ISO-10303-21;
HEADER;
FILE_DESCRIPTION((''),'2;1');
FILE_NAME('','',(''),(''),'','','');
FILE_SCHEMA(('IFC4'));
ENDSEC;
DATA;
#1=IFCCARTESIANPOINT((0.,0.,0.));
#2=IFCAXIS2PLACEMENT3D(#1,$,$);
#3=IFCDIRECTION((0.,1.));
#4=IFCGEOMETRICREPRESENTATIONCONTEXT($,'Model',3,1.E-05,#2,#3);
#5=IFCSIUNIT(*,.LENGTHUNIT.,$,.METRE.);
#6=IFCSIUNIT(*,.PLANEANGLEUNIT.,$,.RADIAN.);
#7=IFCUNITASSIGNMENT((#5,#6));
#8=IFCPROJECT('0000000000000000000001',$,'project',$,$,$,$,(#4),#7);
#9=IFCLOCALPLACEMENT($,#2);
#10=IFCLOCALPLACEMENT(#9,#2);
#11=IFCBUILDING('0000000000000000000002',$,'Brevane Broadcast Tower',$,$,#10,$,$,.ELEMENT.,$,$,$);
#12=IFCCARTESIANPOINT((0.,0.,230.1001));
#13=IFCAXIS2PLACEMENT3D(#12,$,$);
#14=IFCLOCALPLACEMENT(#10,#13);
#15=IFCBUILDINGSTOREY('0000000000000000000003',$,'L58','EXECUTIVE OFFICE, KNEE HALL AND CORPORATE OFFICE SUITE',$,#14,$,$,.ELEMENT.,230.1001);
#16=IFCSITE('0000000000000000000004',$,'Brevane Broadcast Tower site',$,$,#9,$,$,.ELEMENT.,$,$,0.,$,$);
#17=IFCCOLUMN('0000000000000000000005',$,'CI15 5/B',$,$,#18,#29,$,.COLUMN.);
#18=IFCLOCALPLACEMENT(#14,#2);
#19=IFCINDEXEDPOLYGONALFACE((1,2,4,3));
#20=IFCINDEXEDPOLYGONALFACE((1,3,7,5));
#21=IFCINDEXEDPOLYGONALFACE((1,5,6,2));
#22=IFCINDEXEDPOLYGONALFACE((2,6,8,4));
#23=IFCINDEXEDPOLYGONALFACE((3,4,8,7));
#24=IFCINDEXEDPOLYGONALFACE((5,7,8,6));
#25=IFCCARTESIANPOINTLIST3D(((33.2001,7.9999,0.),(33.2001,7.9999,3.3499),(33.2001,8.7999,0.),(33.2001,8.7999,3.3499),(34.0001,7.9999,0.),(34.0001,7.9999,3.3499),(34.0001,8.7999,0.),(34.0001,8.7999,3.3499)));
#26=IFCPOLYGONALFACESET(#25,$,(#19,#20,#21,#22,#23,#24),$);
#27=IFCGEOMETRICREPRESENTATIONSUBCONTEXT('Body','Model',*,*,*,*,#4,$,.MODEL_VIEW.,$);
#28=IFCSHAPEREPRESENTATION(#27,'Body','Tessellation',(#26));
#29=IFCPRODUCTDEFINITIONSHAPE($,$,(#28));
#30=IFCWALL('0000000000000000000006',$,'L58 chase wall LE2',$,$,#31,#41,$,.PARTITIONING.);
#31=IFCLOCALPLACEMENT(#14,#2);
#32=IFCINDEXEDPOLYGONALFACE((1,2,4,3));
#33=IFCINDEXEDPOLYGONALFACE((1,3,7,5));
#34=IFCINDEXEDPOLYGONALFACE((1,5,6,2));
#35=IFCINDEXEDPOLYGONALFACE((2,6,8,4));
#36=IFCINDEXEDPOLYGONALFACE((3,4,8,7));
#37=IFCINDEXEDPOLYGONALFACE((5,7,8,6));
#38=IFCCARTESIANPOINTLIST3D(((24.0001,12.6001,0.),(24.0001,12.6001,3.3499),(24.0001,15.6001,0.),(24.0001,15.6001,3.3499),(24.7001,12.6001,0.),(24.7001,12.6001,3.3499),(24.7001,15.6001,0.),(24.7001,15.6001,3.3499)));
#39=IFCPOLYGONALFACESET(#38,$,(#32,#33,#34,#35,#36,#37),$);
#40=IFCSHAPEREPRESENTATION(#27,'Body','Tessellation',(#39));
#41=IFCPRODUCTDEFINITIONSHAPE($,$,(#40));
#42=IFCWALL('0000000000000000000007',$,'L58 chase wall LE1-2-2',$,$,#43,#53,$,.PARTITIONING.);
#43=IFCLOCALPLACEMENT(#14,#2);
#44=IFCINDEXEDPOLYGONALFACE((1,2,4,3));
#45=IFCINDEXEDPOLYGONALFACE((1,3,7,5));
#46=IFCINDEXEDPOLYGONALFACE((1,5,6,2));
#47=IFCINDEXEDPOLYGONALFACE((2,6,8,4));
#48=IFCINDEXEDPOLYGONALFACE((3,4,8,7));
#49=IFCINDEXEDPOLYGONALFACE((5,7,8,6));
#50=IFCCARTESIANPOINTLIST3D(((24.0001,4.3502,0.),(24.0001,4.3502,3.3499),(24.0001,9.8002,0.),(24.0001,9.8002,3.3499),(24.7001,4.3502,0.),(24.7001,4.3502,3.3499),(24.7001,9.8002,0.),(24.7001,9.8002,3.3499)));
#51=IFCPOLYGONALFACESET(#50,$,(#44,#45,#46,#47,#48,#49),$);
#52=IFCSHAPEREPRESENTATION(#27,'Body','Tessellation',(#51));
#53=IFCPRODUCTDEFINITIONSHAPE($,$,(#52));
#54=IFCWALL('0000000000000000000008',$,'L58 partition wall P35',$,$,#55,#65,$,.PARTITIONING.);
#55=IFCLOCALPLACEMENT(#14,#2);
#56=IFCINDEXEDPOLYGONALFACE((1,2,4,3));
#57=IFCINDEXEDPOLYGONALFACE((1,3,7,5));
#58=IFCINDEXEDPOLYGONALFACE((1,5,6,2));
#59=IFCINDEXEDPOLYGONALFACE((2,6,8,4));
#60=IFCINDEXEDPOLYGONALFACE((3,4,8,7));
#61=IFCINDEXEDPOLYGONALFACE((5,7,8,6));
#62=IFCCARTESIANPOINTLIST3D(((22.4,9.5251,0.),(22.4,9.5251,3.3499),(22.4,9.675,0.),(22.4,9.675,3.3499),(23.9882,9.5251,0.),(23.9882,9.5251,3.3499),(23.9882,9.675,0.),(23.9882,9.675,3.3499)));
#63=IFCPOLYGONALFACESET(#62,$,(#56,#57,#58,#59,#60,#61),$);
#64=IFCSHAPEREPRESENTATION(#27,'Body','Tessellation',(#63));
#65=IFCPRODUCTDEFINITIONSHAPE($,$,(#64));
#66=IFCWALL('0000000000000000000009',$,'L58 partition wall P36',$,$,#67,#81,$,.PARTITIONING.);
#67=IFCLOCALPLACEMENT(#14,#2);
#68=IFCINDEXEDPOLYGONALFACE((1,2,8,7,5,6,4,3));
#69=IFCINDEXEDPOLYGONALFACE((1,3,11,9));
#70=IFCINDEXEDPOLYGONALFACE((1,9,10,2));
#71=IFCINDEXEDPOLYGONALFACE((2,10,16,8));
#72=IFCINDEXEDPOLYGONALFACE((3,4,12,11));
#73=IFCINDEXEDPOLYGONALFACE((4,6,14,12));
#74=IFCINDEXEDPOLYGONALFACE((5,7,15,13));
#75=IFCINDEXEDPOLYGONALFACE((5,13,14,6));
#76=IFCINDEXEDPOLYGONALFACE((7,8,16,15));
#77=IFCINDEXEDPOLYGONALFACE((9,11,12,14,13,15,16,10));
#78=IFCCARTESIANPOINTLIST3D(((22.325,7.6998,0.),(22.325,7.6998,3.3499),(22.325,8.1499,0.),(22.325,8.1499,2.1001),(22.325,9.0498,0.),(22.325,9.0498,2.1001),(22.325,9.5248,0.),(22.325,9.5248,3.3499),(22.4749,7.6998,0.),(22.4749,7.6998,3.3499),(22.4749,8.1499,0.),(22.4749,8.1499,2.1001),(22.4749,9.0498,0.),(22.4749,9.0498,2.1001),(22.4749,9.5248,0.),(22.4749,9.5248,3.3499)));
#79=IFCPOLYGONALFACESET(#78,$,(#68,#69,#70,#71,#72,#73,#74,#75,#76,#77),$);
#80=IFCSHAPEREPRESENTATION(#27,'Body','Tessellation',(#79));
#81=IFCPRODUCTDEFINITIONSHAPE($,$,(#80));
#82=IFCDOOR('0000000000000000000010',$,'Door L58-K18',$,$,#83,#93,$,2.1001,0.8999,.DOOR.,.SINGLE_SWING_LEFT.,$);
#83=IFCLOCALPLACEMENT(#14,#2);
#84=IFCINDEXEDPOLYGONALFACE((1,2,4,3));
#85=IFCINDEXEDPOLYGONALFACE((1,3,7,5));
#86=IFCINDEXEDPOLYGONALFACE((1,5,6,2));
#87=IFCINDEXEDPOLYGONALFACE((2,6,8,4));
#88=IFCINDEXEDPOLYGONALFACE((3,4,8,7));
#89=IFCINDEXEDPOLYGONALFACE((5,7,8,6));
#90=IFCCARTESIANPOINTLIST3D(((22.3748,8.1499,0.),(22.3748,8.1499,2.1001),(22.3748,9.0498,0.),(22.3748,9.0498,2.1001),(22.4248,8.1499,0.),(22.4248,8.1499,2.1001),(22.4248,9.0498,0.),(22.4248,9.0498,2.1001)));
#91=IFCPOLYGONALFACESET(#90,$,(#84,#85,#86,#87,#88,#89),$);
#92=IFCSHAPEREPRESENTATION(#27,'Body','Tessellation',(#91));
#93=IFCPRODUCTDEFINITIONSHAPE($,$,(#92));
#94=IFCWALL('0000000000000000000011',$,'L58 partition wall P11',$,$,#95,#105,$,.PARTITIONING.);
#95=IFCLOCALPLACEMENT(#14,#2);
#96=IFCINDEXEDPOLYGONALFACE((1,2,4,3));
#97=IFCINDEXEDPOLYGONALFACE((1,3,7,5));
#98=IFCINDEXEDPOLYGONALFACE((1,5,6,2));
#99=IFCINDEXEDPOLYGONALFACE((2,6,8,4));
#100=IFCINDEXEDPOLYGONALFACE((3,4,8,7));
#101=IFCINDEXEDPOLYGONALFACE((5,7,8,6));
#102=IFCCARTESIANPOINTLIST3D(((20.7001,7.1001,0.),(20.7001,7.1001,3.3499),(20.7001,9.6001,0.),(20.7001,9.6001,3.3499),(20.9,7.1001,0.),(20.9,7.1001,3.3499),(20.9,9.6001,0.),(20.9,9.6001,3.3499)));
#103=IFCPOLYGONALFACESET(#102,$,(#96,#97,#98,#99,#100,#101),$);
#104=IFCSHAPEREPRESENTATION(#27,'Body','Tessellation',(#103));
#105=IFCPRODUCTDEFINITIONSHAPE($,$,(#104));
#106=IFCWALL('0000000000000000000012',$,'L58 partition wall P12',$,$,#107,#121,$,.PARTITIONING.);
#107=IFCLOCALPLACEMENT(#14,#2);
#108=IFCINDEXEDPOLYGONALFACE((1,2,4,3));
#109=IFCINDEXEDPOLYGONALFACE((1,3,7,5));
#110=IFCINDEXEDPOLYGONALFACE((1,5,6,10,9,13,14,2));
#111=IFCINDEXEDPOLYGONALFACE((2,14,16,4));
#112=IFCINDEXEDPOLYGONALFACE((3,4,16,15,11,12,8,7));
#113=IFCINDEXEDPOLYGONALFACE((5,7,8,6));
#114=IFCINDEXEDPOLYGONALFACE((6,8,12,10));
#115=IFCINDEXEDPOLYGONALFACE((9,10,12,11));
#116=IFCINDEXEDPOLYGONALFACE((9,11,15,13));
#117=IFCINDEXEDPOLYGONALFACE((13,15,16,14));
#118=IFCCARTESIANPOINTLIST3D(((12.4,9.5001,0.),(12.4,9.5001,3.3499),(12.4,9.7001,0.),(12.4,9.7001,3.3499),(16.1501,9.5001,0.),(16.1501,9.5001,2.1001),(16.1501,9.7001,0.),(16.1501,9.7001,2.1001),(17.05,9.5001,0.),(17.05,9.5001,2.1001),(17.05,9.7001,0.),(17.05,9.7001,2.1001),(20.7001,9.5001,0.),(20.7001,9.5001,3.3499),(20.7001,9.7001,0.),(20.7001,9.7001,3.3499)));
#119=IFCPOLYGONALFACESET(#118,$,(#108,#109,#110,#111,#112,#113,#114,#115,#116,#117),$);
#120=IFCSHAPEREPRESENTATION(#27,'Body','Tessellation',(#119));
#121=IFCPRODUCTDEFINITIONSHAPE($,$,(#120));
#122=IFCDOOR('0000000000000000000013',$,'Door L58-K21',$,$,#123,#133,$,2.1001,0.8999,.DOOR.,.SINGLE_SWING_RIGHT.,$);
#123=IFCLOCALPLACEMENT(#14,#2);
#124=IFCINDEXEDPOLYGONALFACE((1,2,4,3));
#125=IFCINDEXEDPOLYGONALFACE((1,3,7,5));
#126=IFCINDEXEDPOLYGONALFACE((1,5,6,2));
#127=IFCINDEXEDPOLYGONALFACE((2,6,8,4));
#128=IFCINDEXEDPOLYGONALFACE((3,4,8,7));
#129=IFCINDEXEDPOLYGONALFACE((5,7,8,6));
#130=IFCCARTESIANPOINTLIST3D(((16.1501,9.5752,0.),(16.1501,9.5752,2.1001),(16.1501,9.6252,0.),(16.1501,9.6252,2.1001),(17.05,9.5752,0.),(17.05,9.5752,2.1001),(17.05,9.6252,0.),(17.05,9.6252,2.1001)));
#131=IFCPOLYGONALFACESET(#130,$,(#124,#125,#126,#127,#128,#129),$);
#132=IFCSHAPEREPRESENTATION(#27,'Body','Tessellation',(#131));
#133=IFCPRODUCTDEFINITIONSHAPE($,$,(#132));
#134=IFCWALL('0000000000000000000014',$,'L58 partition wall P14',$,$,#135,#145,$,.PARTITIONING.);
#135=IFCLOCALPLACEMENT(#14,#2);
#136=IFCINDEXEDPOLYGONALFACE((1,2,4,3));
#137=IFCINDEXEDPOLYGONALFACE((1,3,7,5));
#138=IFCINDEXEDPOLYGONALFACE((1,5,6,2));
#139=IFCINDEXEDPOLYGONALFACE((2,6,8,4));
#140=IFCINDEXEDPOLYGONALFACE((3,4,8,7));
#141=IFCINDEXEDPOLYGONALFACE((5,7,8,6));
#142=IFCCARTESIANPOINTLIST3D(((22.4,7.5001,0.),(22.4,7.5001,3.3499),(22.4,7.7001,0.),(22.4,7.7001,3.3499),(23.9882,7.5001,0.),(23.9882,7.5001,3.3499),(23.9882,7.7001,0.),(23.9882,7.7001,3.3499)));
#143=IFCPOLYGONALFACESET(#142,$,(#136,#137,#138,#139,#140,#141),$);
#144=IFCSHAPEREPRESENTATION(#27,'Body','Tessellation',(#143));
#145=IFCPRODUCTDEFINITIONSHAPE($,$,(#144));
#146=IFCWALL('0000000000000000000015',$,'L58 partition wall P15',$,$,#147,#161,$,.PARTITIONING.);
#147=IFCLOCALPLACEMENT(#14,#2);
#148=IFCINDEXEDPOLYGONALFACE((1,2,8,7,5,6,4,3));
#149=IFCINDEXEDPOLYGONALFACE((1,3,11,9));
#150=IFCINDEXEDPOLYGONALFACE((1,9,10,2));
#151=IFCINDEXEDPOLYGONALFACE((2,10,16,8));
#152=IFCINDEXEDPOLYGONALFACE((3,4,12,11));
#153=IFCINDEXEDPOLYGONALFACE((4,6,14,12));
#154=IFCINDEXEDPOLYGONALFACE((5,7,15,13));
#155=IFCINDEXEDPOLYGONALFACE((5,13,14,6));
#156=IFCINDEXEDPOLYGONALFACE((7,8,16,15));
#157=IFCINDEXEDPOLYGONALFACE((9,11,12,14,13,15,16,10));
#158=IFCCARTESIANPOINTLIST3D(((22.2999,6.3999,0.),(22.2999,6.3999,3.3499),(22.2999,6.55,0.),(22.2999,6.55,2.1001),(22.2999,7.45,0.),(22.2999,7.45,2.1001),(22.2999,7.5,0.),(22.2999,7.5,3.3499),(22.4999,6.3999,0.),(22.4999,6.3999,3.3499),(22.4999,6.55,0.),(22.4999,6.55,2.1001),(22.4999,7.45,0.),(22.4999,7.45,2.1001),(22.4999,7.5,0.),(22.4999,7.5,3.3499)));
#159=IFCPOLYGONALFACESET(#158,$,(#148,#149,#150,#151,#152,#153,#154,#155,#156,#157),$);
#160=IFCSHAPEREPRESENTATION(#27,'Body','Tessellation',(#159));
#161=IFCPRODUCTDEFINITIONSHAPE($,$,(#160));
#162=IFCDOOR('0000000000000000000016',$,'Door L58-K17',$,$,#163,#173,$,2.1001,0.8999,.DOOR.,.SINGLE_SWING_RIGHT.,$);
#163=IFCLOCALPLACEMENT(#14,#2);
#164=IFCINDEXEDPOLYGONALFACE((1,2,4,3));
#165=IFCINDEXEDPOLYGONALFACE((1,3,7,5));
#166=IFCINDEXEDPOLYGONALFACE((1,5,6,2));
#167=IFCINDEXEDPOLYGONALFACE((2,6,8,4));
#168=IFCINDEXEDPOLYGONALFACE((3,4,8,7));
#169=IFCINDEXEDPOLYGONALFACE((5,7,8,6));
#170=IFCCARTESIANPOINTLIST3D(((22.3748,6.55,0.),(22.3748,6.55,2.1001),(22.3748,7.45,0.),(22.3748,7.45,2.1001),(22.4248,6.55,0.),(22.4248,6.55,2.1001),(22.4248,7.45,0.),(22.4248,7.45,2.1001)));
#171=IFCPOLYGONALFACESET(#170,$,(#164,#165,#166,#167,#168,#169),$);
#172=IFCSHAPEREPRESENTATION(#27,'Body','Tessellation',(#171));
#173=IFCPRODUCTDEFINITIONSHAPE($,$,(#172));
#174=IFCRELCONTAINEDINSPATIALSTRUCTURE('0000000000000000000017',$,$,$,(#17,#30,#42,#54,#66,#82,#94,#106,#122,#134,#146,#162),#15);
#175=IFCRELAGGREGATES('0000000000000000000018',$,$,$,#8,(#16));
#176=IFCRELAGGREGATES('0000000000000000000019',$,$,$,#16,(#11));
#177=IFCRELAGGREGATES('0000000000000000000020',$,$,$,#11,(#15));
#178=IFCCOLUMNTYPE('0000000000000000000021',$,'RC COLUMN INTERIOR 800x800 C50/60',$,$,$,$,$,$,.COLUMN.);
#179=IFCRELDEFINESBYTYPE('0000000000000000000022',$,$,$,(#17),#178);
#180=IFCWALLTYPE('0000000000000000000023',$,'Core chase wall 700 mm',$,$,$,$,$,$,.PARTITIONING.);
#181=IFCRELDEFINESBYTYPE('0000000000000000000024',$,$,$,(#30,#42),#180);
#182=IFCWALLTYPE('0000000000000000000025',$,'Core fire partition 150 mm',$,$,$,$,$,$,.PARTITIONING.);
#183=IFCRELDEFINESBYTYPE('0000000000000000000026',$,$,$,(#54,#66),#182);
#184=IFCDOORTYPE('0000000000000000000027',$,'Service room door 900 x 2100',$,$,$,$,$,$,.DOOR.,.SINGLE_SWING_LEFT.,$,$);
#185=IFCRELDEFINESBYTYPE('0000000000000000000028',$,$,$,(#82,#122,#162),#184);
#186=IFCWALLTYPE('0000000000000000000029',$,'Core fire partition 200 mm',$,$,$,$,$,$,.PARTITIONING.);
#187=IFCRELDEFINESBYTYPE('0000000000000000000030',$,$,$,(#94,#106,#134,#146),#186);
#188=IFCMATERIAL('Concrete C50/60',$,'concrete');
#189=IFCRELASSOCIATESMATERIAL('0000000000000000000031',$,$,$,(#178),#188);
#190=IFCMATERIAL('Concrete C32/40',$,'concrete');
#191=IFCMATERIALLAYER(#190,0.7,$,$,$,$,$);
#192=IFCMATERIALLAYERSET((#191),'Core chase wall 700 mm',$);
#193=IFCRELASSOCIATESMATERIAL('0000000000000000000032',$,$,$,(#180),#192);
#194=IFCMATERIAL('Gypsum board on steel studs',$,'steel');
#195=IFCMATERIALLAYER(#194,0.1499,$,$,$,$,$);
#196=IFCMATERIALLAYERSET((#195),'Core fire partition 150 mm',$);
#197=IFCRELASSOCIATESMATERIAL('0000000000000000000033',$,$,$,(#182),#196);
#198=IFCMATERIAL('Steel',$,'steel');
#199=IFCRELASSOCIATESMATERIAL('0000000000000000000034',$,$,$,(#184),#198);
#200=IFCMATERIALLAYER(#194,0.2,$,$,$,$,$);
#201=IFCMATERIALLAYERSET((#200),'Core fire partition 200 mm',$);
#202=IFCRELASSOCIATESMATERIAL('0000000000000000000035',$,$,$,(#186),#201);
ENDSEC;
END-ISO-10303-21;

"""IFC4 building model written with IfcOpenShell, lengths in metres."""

from ifc_helpers import new_model, si_unit, direction, frame, frame_2d, origin, origin_2d, place, context, subcontext, project, spatial, rectangle, extrude, material, layer, layer_set, material_profile, profile_set, type_object, element, fill, save


model = new_model("IFC4")

# Units and contexts
model_context = context("Model", 3, precision=1e-05, world=origin(), true_north=direction((0.0, 1.0)))
body_context = subcontext(model_context, "Body", "Model", "MODEL_VIEW")
ifc_project = project(units=[si_unit("LENGTHUNIT", "METRE"), si_unit("PLANEANGLEUNIT", "RADIAN")], contexts=[model_context])

# Site, building, storey
site_placement = place(None, origin())
site = spatial("IfcSite", under=ifc_project, at=site_placement, Name="Brevane Broadcast Tower site", CompositionType="ELEMENT", RefElevation=0.0)
building_placement = place(site_placement, origin())
building = spatial("IfcBuilding", under=site, at=building_placement, Name="Brevane Broadcast Tower", CompositionType="ELEMENT")
storey_placement = place(building_placement, frame((0.0, 0.0, 230.1001)))
storey = spatial("IfcBuildingStorey", under=building, at=storey_placement, Name="L58", Description="EXECUTIVE OFFICE, KNEE HALL AND CORPORATE OFFICE SUITE", CompositionType="ELEMENT", Elevation=230.1001)

# Column
ifc_material_1 = material(Name="Concrete C50/60", Category="concrete")
ifc_material_profile = material_profile(ifc_material_1, rectangle(XDim=0.8, YDim=0.8, at=origin_2d()), Name="RC 800x800")
ifc_profile_set = profile_set([ifc_material_profile], Name="Concrete C50/60")
column_type = type_object("IfcColumnType", Name="RC COLUMN INTERIOR 800x800 C50/60", PredefinedType="COLUMN", material=ifc_profile_set)
column_placement = place(storey_placement, frame((33.6001, 8.3999, 0.0), z_axis=(0.0, 0.0, 1.0), x_axis=(1.0, 0.0, 0.0)))
element("IfcColumn", 1, at=column_placement, inside=storey, type_object=column_type, Name="CI15 5/B", PredefinedType="COLUMN", context=body_context, shape_type="SweptSolid", body=[
    extrude(rectangle(XDim=0.8, YDim=0.8, at=origin_2d()), origin(), (0.0, 0.0, 1.0), 3.3499),
])

# Walls
ifc_material_2 = material(Name="Concrete C32/40", Category="concrete")
ifc_layer_1 = layer(ifc_material_2, 0.7)
ifc_layer_set_1 = layer_set([ifc_layer_1], Name="Core chase wall 700 mm")
wall_type_1 = type_object("IfcWallType", Name="Core chase wall 700 mm", PredefinedType="PARTITIONING", material=ifc_layer_set_1)
wall_1_placement = place(storey_placement, frame((24.3501, 12.6001, 0.0), z_axis=(0.0, 0.0, 1.0), x_axis=(0.0, 1.0, 0.0)))
element("IfcWall", 2, at=wall_1_placement, inside=storey, type_object=wall_type_1, Name="L58 chase wall LE2", PredefinedType="PARTITIONING", context=body_context, shape_type="SweptSolid", body=[
    extrude(rectangle(XDim=3.0, YDim=0.7, at=frame_2d((1.5, 0.0))), origin(), (0.0, 0.0, 1.0), 3.3499),
])
wall_2_placement = place(storey_placement, frame((24.3501, 4.3501, 0.0), z_axis=(0.0, 0.0, 1.0), x_axis=(0.0, 1.0, 0.0)))
element("IfcWall", 3, at=wall_2_placement, inside=storey, type_object=wall_type_1, Name="L58 chase wall LE1-2-2", PredefinedType="PARTITIONING", context=body_context, shape_type="SweptSolid", body=[
    extrude(rectangle(XDim=5.45, YDim=0.7, at=frame_2d((2.7251, 0.0))), origin(), (0.0, 0.0, 1.0), 3.3499),
])
ifc_material_3 = material(Name="Gypsum board on steel studs", Category="steel")
ifc_layer_2 = layer(ifc_material_3, 0.1499)
ifc_layer_set_2 = layer_set([ifc_layer_2], Name="Core fire partition 150 mm")
wall_type_2 = type_object("IfcWallType", Name="Core fire partition 150 mm", PredefinedType="PARTITIONING", material=ifc_layer_set_2)
wall_3_placement = place(storey_placement, frame((23.988, 9.6001, 0.0), z_axis=(0.0, 0.0, 1.0), x_axis=(-1.0, 0.0, 0.0)))
element("IfcWall", 4, at=wall_3_placement, inside=storey, type_object=wall_type_2, Name="L58 partition wall P35", PredefinedType="PARTITIONING", context=body_context, shape_type="SweptSolid", body=[
    extrude(rectangle(XDim=1.5881, YDim=0.1499, at=frame_2d((0.7939, 0.0))), origin(), (0.0, 0.0, 1.0), 3.3499),
])

# Wall, opening, door
wall_4_placement = place(storey_placement, frame((22.3999, 9.5249, 0.0), z_axis=(0.0, 0.0, 1.0), x_axis=(0.0, -1.0, 0.0)))
wall_4 = element("IfcWall", 5, at=wall_4_placement, inside=storey, type_object=wall_type_2, Name="L58 partition wall P36", PredefinedType="PARTITIONING", context=body_context, shape_type="SweptSolid", body=[
    extrude(rectangle(XDim=1.825, YDim=0.1499, at=frame_2d((0.9126, 0.0))), origin(), (0.0, 0.0, 1.0), 3.3499),
])
opening_1_placement = place(wall_4_placement, frame((0.4751, 0.0, 0.0)))
opening_1 = element("IfcOpeningElement", 6, at=opening_1_placement, cuts=wall_4, PredefinedType="OPENING", context=body_context, shape_type="SweptSolid", body=[
    extrude(rectangle(XDim=0.8999, YDim=2.1001, at=frame_2d((0.45, 1.05))), frame((0.0, 0.085, 0.0), z_axis=(0.0, -1.0, 0.0), x_axis=(1.0, 0.0, 0.0)), (0.0, 0.0, 1.0), 0.1699),
])
ifc_material_4 = material(Name="Steel", Category="steel")
door_type_1 = type_object("IfcDoorType", Name="Service room door 900 x 2100", OperationType="SINGLE_SWING_LEFT", PredefinedType="DOOR", material=ifc_material_4)
door_1_placement = place(opening_1_placement, origin())
door_1 = element("IfcDoor", 7, at=door_1_placement, inside=storey, type_object=door_type_1, Name="Door L58-K18", OperationType="SINGLE_SWING_LEFT", OverallHeight=2.1001, OverallWidth=0.8999, PredefinedType="DOOR", context=body_context, shape_type="SweptSolid", body=[
    extrude(rectangle(XDim=0.8999, YDim=2.1001, at=frame_2d((0.45, 1.05))), frame((0.0, 0.0249, 0.0), z_axis=(0.0, -1.0, 0.0), x_axis=(1.0, 0.0, 0.0)), (0.0, 0.0, 1.0), 0.05),
])
fill(opening_1, door_1)

# Wall
ifc_layer_3 = layer(ifc_material_3, 0.2)
ifc_layer_set_3 = layer_set([ifc_layer_3], Name="Core fire partition 200 mm")
wall_type_3 = type_object("IfcWallType", Name="Core fire partition 200 mm", PredefinedType="PARTITIONING", material=ifc_layer_set_3)
wall_5_placement = place(storey_placement, frame((20.8, 7.1001, 0.0), z_axis=(0.0, 0.0, 1.0), x_axis=(0.0, 1.0, 0.0)))
element("IfcWall", 8, at=wall_5_placement, inside=storey, type_object=wall_type_3, Name="L58 partition wall P11", PredefinedType="PARTITIONING", context=body_context, shape_type="SweptSolid", body=[
    extrude(rectangle(XDim=2.5, YDim=0.2, at=frame_2d((1.25, 0.0))), origin(), (0.0, 0.0, 1.0), 3.3499),
])

# Wall, opening, door
wall_6_placement = place(storey_placement, frame((20.7, 9.6001, 0.0), z_axis=(0.0, 0.0, 1.0), x_axis=(-1.0, 0.0, 0.0)))
wall_6 = element("IfcWall", 9, at=wall_6_placement, inside=storey, type_object=wall_type_3, Name="L58 partition wall P12", PredefinedType="PARTITIONING", context=body_context, shape_type="SweptSolid", body=[
    extrude(rectangle(XDim=8.3, YDim=0.2, at=frame_2d((4.1499, 0.0))), origin(), (0.0, 0.0, 1.0), 3.3499),
])
opening_2_placement = place(wall_6_placement, frame((3.6499, 0.0, 0.0)))
opening_2 = element("IfcOpeningElement", 10, at=opening_2_placement, cuts=wall_6, PredefinedType="OPENING", context=body_context, shape_type="SweptSolid", body=[
    extrude(rectangle(XDim=0.8999, YDim=2.1001, at=frame_2d((0.45, 1.05))), frame((0.0, 0.1099, 0.0), z_axis=(0.0, -1.0, 0.0), x_axis=(1.0, 0.0, 0.0)), (0.0, 0.0, 1.0), 0.22),
])
door_2_placement = place(opening_2_placement, origin())
door_2 = element("IfcDoor", 11, at=door_2_placement, inside=storey, type_object=door_type_1, Name="Door L58-K21", OperationType="SINGLE_SWING_RIGHT", OverallHeight=2.1001, OverallWidth=0.8999, PredefinedType="DOOR", context=body_context, shape_type="SweptSolid", body=[
    extrude(rectangle(XDim=0.8999, YDim=2.1001, at=frame_2d((0.45, 1.05))), frame((0.0, 0.0249, 0.0), z_axis=(0.0, -1.0, 0.0), x_axis=(1.0, 0.0, 0.0)), (0.0, 0.0, 1.0), 0.05),
])
fill(opening_2, door_2)

# Wall
wall_7_placement = place(storey_placement, frame((23.988, 7.6001, 0.0), z_axis=(0.0, 0.0, 1.0), x_axis=(-1.0, 0.0, 0.0)))
element("IfcWall", 12, at=wall_7_placement, inside=storey, type_object=wall_type_3, Name="L58 partition wall P14", PredefinedType="PARTITIONING", context=body_context, shape_type="SweptSolid", body=[
    extrude(rectangle(XDim=1.5881, YDim=0.2, at=frame_2d((0.7939, 0.0))), origin(), (0.0, 0.0, 1.0), 3.3499),
])

# Wall, opening, door
wall_8_placement = place(storey_placement, frame((22.3999, 7.5, 0.0), z_axis=(0.0, 0.0, 1.0), x_axis=(0.0, -1.0, 0.0)))
wall_8 = element("IfcWall", 13, at=wall_8_placement, inside=storey, type_object=wall_type_3, Name="L58 partition wall P15", PredefinedType="PARTITIONING", context=body_context, shape_type="SweptSolid", body=[
    extrude(rectangle(XDim=1.1001, YDim=0.2, at=frame_2d((0.55, 0.0))), origin(), (0.0, 0.0, 1.0), 3.3499),
])
opening_3_placement = place(wall_8_placement, frame((0.05, 0.0, 0.0)))
opening_3 = element("IfcOpeningElement", 14, at=opening_3_placement, cuts=wall_8, PredefinedType="OPENING", context=body_context, shape_type="SweptSolid", body=[
    extrude(rectangle(XDim=0.8999, YDim=2.1001, at=frame_2d((0.45, 1.05))), frame((0.0, 0.1099, 0.0), z_axis=(0.0, -1.0, 0.0), x_axis=(1.0, 0.0, 0.0)), (0.0, 0.0, 1.0), 0.22),
])
door_3_placement = place(opening_3_placement, origin())
door_3 = element("IfcDoor", 15, at=door_3_placement, inside=storey, type_object=door_type_1, Name="Door L58-K17", OperationType="SINGLE_SWING_RIGHT", OverallHeight=2.1001, OverallWidth=0.8999, PredefinedType="DOOR", context=body_context, shape_type="SweptSolid", body=[
    extrude(rectangle(XDim=0.8999, YDim=2.1001, at=frame_2d((0.45, 1.05))), frame((0.0, 0.0249, 0.0), z_axis=(0.0, -1.0, 0.0), x_axis=(1.0, 0.0, 0.0)), (0.0, 0.0, 1.0), 0.05),
])
fill(opening_3, door_3)

save(model, "model.ifc")
